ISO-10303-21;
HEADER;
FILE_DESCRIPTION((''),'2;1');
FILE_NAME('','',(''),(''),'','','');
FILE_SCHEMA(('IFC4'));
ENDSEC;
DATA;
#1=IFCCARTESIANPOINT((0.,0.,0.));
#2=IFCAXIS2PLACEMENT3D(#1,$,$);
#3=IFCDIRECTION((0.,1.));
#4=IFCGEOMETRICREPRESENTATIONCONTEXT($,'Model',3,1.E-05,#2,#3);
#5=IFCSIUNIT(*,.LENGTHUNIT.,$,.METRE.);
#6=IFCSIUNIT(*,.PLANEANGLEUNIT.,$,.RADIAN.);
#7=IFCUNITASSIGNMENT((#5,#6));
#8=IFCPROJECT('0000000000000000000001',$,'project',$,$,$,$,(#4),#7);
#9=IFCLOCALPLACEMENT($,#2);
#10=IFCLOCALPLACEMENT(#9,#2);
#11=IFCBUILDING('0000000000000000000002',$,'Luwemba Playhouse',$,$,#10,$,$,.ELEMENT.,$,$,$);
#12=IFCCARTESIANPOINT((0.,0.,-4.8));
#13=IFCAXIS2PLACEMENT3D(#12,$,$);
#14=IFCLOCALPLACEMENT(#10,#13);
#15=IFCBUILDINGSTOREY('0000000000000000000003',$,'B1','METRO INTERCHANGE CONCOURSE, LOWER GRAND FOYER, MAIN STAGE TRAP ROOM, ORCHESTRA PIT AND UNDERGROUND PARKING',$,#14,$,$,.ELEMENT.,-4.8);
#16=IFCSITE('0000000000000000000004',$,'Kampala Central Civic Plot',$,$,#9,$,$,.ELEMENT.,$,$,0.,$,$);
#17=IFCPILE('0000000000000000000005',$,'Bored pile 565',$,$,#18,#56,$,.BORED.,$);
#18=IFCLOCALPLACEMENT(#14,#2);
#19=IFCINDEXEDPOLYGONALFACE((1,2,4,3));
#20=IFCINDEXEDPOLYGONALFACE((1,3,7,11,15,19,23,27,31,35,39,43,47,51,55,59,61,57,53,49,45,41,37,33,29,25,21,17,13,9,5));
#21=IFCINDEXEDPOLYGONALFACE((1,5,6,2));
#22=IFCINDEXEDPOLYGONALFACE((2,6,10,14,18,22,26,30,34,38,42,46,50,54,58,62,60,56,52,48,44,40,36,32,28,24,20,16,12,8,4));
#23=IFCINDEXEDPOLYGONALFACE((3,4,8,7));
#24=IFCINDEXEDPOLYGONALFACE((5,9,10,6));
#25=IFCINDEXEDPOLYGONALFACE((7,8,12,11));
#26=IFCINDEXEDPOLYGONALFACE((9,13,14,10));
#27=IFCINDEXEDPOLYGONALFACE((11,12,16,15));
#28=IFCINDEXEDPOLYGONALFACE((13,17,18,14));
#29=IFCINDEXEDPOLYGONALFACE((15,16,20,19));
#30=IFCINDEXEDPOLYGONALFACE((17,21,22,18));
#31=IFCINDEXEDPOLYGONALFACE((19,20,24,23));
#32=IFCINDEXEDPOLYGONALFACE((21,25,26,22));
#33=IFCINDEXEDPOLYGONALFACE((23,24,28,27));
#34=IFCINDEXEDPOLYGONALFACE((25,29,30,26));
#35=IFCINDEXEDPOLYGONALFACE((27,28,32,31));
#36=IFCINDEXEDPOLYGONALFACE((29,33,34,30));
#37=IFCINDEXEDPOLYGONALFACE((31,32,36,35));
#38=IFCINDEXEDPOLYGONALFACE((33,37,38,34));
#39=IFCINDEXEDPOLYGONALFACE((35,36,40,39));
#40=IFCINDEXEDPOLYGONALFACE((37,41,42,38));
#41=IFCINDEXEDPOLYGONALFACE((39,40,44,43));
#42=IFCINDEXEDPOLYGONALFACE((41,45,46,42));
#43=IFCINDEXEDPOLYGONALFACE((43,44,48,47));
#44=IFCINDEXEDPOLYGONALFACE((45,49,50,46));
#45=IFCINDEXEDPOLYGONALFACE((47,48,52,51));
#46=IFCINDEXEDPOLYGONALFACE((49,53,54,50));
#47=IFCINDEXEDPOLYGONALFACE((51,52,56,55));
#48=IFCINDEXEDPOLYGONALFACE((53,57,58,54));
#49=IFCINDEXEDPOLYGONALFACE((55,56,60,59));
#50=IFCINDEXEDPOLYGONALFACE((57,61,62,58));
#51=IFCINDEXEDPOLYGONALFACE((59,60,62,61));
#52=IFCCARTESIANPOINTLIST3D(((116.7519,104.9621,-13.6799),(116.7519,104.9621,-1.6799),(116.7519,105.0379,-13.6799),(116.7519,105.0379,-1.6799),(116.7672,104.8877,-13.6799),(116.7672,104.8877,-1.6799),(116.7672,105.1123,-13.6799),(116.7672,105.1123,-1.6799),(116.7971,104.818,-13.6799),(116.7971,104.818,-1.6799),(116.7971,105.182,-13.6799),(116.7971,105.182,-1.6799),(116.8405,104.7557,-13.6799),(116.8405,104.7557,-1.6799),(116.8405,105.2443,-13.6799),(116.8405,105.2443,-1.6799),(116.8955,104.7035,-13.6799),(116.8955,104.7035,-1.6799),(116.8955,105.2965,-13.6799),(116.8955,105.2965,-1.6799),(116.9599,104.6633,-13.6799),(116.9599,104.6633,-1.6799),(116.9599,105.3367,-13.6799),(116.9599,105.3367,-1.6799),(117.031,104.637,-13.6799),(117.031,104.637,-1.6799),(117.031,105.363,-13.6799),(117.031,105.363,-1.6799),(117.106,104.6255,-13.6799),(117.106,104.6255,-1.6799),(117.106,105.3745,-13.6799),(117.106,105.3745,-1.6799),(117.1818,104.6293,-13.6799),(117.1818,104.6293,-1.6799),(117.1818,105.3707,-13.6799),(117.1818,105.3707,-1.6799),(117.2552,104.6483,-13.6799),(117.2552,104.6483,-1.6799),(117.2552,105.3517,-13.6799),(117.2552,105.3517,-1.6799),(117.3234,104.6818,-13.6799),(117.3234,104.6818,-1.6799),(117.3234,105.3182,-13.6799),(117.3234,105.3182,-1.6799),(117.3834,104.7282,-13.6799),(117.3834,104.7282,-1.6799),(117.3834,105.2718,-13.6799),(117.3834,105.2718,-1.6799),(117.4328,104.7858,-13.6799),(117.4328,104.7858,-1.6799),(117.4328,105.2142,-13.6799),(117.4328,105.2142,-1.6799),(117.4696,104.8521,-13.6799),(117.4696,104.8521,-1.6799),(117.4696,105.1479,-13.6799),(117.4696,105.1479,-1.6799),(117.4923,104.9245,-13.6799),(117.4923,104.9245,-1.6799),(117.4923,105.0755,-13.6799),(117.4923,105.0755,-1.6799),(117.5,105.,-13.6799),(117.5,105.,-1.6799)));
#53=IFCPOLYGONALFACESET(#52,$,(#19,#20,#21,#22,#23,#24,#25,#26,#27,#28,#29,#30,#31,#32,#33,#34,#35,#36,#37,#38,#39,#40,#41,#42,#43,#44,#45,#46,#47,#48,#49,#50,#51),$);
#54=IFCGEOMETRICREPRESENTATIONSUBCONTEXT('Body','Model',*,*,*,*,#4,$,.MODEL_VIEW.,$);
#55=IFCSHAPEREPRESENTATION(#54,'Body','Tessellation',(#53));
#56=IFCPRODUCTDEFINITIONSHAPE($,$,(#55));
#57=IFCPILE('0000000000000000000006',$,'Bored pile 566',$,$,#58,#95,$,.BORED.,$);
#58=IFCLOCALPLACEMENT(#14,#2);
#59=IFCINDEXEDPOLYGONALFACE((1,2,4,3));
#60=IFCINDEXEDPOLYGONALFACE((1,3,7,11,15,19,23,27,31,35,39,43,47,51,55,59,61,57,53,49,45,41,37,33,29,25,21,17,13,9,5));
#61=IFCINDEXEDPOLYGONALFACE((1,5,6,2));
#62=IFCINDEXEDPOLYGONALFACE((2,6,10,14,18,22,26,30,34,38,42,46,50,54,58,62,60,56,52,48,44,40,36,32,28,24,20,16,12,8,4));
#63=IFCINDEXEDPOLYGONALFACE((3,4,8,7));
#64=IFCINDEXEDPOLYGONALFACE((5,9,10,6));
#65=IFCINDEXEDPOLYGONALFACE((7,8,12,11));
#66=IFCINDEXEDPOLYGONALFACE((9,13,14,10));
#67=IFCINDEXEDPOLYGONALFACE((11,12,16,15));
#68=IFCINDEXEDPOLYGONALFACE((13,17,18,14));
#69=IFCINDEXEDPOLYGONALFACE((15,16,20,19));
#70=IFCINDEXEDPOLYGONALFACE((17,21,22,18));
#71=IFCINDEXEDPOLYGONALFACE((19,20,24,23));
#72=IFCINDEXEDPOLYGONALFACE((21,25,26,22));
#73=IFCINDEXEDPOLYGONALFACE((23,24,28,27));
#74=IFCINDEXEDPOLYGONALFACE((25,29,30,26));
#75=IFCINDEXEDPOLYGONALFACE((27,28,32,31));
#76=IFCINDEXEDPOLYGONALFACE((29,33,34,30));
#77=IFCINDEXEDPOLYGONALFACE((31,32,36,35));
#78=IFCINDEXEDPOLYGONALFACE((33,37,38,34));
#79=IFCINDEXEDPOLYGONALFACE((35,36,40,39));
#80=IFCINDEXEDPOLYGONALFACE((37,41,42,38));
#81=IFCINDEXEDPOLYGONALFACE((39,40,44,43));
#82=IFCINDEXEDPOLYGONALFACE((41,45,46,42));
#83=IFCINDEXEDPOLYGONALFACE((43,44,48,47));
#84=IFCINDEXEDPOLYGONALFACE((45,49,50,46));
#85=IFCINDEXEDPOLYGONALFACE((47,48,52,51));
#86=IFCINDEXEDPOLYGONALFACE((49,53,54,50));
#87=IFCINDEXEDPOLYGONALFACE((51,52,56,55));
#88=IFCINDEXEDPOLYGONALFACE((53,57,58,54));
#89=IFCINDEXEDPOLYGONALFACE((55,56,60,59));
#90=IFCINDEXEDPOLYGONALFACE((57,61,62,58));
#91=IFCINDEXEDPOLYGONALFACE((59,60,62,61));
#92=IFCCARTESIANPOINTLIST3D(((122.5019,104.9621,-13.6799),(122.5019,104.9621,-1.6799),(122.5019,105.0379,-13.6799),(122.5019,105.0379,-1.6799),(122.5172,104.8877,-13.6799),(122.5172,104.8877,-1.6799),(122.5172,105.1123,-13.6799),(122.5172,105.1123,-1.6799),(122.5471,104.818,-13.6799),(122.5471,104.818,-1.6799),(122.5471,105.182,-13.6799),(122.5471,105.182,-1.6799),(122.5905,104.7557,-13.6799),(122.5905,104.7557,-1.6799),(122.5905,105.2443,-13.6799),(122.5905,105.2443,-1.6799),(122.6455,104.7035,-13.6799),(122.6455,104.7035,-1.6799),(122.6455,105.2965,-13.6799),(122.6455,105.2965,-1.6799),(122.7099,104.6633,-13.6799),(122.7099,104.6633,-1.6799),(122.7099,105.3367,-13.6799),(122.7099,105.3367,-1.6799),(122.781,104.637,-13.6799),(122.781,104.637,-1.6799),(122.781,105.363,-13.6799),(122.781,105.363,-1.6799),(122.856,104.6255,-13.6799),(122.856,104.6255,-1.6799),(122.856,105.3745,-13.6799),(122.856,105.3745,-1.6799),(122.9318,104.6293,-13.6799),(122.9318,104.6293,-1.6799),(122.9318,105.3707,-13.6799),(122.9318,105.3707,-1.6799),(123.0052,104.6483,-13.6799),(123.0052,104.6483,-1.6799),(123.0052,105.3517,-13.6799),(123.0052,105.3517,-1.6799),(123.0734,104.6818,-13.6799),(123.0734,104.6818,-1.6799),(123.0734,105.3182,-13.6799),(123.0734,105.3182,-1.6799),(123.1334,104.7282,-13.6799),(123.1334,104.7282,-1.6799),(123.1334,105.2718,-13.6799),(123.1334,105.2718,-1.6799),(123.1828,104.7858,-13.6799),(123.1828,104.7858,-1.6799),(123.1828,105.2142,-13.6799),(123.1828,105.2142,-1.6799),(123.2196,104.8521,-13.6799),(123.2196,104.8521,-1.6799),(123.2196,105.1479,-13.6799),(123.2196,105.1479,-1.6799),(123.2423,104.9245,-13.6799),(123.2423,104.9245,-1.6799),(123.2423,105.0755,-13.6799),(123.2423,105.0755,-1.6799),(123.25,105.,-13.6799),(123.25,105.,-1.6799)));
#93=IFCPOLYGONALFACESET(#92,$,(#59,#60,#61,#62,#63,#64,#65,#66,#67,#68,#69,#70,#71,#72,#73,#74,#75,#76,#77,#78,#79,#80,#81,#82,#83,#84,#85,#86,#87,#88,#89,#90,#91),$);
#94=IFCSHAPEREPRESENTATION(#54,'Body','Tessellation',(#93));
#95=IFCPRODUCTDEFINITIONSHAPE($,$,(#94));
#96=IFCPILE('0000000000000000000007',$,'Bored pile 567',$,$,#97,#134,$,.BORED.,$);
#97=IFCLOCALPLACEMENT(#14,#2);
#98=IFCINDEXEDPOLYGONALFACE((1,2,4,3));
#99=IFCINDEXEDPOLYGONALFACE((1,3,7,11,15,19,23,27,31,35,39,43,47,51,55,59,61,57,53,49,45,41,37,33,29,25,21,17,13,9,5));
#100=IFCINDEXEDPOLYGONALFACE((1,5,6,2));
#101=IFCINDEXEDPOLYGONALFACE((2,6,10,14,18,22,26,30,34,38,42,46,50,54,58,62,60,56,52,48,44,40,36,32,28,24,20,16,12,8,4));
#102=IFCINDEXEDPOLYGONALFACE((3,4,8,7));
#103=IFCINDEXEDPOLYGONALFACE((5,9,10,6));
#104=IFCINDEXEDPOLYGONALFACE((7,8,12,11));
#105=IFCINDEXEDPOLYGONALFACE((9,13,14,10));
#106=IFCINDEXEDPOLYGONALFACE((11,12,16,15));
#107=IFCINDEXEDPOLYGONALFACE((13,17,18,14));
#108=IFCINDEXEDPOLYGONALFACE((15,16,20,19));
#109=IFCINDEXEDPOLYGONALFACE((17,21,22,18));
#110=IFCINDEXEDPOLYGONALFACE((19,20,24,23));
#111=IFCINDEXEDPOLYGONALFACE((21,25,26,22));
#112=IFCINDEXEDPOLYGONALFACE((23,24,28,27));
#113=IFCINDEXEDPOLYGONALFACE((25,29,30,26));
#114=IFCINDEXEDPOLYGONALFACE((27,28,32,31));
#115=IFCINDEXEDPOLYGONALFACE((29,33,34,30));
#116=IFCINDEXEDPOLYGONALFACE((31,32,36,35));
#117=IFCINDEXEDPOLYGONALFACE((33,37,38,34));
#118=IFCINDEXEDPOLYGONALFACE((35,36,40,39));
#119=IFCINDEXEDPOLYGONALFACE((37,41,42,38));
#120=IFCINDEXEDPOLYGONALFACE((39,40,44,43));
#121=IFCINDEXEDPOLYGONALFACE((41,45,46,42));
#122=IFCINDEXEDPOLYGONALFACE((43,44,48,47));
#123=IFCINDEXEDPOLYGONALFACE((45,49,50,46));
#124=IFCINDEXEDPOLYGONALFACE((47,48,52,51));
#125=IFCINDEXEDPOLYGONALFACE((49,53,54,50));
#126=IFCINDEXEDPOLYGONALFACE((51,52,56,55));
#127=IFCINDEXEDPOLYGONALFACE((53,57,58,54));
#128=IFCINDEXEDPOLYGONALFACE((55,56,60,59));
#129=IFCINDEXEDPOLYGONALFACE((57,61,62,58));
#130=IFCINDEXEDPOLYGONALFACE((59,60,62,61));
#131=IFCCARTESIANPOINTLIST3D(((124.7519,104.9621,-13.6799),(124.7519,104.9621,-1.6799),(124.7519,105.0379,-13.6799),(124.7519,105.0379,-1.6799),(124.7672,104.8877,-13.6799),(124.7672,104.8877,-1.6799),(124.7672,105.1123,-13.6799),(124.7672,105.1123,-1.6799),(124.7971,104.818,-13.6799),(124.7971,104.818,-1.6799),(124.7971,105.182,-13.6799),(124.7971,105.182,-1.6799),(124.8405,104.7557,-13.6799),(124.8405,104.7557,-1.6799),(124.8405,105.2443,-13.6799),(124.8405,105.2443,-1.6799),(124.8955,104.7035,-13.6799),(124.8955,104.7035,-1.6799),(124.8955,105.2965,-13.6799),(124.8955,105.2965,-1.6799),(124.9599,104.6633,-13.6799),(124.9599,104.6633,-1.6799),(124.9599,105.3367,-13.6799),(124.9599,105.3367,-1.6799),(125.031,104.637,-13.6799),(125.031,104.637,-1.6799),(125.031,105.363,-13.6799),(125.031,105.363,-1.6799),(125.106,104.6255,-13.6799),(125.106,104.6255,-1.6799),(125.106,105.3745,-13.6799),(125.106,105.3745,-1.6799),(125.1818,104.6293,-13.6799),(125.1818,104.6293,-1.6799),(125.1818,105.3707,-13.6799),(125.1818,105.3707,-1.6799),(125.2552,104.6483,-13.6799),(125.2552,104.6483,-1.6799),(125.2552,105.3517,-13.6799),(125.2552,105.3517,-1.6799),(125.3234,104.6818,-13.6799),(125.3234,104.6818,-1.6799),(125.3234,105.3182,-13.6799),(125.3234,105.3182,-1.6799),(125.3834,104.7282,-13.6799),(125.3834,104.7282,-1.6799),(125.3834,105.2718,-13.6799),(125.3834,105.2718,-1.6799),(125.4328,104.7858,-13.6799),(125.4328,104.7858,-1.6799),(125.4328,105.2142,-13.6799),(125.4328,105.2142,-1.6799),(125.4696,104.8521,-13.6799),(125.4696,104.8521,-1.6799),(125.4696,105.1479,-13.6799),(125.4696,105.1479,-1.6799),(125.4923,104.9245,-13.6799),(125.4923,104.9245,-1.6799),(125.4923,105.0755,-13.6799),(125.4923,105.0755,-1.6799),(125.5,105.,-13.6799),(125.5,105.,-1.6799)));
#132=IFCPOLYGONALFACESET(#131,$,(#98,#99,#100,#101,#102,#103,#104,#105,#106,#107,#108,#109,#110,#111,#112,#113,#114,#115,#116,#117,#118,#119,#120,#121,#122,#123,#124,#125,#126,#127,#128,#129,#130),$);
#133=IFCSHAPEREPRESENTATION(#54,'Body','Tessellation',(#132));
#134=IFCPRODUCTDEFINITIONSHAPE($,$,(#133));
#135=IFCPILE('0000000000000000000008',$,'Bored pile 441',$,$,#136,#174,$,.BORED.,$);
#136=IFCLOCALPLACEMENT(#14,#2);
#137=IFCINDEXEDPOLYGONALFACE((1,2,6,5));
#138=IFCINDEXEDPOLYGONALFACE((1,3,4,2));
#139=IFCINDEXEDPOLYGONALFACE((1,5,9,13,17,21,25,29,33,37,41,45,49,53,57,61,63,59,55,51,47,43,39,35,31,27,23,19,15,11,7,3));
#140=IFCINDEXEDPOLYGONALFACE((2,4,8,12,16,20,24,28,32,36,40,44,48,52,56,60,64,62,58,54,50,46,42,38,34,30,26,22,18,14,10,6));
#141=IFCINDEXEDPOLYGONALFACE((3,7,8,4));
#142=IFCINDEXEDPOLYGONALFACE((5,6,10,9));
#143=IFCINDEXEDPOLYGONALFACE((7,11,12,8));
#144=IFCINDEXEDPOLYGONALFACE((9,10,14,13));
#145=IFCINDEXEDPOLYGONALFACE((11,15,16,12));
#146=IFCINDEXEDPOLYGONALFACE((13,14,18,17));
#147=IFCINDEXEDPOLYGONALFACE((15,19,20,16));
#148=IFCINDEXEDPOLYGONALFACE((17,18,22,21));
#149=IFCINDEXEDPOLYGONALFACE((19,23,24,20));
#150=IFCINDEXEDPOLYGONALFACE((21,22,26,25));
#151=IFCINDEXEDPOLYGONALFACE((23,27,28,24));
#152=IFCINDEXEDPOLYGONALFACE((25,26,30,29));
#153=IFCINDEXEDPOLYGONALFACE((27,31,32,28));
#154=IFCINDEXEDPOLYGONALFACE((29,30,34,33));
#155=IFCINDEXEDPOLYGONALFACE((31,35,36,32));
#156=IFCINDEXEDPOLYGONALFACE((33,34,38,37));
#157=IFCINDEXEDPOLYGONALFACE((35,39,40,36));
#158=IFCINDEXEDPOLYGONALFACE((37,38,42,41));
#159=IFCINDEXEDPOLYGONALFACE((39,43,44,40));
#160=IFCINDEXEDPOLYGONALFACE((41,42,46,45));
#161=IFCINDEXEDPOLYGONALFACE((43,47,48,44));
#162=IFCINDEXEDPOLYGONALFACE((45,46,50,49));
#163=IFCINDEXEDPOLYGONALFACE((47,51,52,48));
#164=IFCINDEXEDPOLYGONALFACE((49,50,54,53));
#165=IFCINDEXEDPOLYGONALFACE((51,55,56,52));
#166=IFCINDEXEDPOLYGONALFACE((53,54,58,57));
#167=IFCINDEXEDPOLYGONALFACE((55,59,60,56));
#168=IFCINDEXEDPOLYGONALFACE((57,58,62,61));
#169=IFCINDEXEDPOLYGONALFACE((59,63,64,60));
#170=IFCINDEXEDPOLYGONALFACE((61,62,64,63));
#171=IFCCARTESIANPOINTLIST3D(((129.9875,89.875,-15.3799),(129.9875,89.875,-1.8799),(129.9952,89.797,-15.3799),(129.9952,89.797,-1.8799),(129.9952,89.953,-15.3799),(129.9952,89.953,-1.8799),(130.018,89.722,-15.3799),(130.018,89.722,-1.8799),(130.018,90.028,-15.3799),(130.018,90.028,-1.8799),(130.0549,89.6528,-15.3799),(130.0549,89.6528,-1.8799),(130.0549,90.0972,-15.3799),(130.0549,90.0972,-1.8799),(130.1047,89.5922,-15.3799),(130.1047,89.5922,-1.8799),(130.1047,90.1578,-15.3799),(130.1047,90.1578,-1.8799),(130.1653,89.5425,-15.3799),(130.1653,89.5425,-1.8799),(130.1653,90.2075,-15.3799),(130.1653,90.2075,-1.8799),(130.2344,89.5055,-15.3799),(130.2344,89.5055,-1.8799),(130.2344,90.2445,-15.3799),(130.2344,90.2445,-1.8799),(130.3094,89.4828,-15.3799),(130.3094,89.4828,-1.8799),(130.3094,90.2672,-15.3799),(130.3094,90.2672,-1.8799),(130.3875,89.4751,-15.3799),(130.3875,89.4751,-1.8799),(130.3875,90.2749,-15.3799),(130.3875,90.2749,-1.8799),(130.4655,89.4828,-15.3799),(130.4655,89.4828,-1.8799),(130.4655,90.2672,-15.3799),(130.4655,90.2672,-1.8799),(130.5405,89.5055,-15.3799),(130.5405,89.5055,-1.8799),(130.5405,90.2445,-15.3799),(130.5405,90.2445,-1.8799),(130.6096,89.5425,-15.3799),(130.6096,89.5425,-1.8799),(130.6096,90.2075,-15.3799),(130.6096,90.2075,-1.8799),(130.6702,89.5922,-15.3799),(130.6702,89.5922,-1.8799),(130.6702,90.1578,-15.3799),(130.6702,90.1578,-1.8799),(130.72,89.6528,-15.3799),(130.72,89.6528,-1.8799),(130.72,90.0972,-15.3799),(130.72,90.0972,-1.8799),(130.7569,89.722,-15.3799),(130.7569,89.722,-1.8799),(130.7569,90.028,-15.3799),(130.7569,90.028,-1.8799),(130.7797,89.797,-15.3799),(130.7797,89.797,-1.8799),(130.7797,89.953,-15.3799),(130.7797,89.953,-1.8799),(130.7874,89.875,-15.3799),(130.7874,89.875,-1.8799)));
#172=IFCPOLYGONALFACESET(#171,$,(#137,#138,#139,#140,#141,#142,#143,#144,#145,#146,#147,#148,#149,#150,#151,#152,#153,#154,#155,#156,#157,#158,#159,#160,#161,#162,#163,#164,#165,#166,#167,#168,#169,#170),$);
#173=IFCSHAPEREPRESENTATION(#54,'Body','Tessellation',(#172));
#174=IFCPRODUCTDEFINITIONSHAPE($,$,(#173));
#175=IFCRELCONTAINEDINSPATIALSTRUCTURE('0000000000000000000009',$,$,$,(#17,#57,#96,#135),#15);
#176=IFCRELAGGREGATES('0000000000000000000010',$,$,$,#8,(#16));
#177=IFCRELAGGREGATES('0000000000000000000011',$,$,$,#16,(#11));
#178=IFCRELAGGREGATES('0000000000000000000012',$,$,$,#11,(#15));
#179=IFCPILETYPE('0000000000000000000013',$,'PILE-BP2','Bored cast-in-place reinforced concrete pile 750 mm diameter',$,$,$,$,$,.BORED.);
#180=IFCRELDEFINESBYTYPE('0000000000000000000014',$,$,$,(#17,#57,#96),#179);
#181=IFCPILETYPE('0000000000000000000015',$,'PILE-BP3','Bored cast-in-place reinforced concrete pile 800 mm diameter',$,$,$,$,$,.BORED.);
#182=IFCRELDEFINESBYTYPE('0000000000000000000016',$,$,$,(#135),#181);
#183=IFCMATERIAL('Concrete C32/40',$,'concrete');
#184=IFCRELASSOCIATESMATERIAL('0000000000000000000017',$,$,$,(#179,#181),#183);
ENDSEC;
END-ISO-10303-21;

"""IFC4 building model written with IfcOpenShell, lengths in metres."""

from ifc_helpers import new_model, si_unit, direction, frame, origin, origin_2d, place, context, subcontext, project, spatial, circle, extrude, material, material_profile, profile_set, type_object, element, save


model = new_model("IFC4")

# Units and contexts
model_context = context("Model", 3, precision=1e-05, world=origin(), true_north=direction((0.0, 1.0)))
body_context = subcontext(model_context, "Body", "Model", "MODEL_VIEW")
ifc_project = project(units=[si_unit("LENGTHUNIT", "METRE"), si_unit("PLANEANGLEUNIT", "RADIAN")], contexts=[model_context])

# Site, building, storey
site_placement = place(None, origin())
site = spatial("IfcSite", under=ifc_project, at=site_placement, Name="Kampala Central Civic Plot", CompositionType="ELEMENT", RefElevation=0.0)
building_placement = place(site_placement, origin())
building = spatial("IfcBuilding", under=site, at=building_placement, Name="Luwemba Playhouse", CompositionType="ELEMENT")
storey_placement = place(building_placement, frame((0.0, 0.0, -4.8)))
storey = spatial("IfcBuildingStorey", under=building, at=storey_placement, Name="B1", Description="METRO INTERCHANGE CONCOURSE, LOWER GRAND FOYER, MAIN STAGE TRAP ROOM, ORCHESTRA PIT AND UNDERGROUND PARKING", CompositionType="ELEMENT", Elevation=-4.8)

# Shared definitions
ifc_material_1 = material(Name="Concrete C32/40", Category="concrete")

# Piles
ifc_material_profile_1 = material_profile(ifc_material_1, circle(Radius=0.375, at=origin_2d()))
ifc_profile_set_1 = profile_set([ifc_material_profile_1], Name="Concrete C32/40")
pile_type_1 = type_object("IfcPileType", Name="PILE-BP2", Description="Bored cast-in-place reinforced concrete pile 750 mm diameter", PredefinedType="BORED", material=ifc_profile_set_1)
for number, where, z_axis, x_axis, name in (
    (1, (117.125, 105.0, -1.6799), (0.0, 0.0, -1.0), (1.0, 0.0, 0.0), "Bored pile 565"),
    (2, (122.875, 105.0, -1.6799), (0.0, 0.0, -1.0), (1.0, 0.0, 0.0), "Bored pile 566"),
    (3, (125.125, 105.0, -1.6799), (0.0, 0.0, -1.0), (1.0, 0.0, 0.0), "Bored pile 567"),
):
    element("IfcPile", number, at=place(storey_placement, frame(where, z_axis=z_axis, x_axis=x_axis)), inside=storey, type_object=pile_type_1, Name=name, PredefinedType="BORED", context=body_context, shape_type="SweptSolid", body=[
        extrude(circle(Radius=0.375, at=origin_2d()), origin(), (0.0, 0.0, 1.0), 12.0),
    ])
ifc_material_profile_2 = material_profile(ifc_material_1, circle(Radius=0.3999, at=origin_2d()))
ifc_profile_set_2 = profile_set([ifc_material_profile_2], Name="Concrete C32/40")
pile_type_2 = type_object("IfcPileType", Name="PILE-BP3", Description="Bored cast-in-place reinforced concrete pile 800 mm diameter", PredefinedType="BORED", material=ifc_profile_set_2)
for number, where, z_axis, x_axis, name in (
    (4, (130.3875, 89.875, -1.8799), (0.0, 0.0, -1.0), (1.0, 0.0, 0.0), "Bored pile 441"),
):
    element("IfcPile", number, at=place(storey_placement, frame(where, z_axis=z_axis, x_axis=x_axis)), inside=storey, type_object=pile_type_2, Name=name, PredefinedType="BORED", context=body_context, shape_type="SweptSolid", body=[
        extrude(circle(Radius=0.3999, at=origin_2d()), origin(), (0.0, 0.0, 1.0), 13.5),
    ])

save(model, "model.ifc")
